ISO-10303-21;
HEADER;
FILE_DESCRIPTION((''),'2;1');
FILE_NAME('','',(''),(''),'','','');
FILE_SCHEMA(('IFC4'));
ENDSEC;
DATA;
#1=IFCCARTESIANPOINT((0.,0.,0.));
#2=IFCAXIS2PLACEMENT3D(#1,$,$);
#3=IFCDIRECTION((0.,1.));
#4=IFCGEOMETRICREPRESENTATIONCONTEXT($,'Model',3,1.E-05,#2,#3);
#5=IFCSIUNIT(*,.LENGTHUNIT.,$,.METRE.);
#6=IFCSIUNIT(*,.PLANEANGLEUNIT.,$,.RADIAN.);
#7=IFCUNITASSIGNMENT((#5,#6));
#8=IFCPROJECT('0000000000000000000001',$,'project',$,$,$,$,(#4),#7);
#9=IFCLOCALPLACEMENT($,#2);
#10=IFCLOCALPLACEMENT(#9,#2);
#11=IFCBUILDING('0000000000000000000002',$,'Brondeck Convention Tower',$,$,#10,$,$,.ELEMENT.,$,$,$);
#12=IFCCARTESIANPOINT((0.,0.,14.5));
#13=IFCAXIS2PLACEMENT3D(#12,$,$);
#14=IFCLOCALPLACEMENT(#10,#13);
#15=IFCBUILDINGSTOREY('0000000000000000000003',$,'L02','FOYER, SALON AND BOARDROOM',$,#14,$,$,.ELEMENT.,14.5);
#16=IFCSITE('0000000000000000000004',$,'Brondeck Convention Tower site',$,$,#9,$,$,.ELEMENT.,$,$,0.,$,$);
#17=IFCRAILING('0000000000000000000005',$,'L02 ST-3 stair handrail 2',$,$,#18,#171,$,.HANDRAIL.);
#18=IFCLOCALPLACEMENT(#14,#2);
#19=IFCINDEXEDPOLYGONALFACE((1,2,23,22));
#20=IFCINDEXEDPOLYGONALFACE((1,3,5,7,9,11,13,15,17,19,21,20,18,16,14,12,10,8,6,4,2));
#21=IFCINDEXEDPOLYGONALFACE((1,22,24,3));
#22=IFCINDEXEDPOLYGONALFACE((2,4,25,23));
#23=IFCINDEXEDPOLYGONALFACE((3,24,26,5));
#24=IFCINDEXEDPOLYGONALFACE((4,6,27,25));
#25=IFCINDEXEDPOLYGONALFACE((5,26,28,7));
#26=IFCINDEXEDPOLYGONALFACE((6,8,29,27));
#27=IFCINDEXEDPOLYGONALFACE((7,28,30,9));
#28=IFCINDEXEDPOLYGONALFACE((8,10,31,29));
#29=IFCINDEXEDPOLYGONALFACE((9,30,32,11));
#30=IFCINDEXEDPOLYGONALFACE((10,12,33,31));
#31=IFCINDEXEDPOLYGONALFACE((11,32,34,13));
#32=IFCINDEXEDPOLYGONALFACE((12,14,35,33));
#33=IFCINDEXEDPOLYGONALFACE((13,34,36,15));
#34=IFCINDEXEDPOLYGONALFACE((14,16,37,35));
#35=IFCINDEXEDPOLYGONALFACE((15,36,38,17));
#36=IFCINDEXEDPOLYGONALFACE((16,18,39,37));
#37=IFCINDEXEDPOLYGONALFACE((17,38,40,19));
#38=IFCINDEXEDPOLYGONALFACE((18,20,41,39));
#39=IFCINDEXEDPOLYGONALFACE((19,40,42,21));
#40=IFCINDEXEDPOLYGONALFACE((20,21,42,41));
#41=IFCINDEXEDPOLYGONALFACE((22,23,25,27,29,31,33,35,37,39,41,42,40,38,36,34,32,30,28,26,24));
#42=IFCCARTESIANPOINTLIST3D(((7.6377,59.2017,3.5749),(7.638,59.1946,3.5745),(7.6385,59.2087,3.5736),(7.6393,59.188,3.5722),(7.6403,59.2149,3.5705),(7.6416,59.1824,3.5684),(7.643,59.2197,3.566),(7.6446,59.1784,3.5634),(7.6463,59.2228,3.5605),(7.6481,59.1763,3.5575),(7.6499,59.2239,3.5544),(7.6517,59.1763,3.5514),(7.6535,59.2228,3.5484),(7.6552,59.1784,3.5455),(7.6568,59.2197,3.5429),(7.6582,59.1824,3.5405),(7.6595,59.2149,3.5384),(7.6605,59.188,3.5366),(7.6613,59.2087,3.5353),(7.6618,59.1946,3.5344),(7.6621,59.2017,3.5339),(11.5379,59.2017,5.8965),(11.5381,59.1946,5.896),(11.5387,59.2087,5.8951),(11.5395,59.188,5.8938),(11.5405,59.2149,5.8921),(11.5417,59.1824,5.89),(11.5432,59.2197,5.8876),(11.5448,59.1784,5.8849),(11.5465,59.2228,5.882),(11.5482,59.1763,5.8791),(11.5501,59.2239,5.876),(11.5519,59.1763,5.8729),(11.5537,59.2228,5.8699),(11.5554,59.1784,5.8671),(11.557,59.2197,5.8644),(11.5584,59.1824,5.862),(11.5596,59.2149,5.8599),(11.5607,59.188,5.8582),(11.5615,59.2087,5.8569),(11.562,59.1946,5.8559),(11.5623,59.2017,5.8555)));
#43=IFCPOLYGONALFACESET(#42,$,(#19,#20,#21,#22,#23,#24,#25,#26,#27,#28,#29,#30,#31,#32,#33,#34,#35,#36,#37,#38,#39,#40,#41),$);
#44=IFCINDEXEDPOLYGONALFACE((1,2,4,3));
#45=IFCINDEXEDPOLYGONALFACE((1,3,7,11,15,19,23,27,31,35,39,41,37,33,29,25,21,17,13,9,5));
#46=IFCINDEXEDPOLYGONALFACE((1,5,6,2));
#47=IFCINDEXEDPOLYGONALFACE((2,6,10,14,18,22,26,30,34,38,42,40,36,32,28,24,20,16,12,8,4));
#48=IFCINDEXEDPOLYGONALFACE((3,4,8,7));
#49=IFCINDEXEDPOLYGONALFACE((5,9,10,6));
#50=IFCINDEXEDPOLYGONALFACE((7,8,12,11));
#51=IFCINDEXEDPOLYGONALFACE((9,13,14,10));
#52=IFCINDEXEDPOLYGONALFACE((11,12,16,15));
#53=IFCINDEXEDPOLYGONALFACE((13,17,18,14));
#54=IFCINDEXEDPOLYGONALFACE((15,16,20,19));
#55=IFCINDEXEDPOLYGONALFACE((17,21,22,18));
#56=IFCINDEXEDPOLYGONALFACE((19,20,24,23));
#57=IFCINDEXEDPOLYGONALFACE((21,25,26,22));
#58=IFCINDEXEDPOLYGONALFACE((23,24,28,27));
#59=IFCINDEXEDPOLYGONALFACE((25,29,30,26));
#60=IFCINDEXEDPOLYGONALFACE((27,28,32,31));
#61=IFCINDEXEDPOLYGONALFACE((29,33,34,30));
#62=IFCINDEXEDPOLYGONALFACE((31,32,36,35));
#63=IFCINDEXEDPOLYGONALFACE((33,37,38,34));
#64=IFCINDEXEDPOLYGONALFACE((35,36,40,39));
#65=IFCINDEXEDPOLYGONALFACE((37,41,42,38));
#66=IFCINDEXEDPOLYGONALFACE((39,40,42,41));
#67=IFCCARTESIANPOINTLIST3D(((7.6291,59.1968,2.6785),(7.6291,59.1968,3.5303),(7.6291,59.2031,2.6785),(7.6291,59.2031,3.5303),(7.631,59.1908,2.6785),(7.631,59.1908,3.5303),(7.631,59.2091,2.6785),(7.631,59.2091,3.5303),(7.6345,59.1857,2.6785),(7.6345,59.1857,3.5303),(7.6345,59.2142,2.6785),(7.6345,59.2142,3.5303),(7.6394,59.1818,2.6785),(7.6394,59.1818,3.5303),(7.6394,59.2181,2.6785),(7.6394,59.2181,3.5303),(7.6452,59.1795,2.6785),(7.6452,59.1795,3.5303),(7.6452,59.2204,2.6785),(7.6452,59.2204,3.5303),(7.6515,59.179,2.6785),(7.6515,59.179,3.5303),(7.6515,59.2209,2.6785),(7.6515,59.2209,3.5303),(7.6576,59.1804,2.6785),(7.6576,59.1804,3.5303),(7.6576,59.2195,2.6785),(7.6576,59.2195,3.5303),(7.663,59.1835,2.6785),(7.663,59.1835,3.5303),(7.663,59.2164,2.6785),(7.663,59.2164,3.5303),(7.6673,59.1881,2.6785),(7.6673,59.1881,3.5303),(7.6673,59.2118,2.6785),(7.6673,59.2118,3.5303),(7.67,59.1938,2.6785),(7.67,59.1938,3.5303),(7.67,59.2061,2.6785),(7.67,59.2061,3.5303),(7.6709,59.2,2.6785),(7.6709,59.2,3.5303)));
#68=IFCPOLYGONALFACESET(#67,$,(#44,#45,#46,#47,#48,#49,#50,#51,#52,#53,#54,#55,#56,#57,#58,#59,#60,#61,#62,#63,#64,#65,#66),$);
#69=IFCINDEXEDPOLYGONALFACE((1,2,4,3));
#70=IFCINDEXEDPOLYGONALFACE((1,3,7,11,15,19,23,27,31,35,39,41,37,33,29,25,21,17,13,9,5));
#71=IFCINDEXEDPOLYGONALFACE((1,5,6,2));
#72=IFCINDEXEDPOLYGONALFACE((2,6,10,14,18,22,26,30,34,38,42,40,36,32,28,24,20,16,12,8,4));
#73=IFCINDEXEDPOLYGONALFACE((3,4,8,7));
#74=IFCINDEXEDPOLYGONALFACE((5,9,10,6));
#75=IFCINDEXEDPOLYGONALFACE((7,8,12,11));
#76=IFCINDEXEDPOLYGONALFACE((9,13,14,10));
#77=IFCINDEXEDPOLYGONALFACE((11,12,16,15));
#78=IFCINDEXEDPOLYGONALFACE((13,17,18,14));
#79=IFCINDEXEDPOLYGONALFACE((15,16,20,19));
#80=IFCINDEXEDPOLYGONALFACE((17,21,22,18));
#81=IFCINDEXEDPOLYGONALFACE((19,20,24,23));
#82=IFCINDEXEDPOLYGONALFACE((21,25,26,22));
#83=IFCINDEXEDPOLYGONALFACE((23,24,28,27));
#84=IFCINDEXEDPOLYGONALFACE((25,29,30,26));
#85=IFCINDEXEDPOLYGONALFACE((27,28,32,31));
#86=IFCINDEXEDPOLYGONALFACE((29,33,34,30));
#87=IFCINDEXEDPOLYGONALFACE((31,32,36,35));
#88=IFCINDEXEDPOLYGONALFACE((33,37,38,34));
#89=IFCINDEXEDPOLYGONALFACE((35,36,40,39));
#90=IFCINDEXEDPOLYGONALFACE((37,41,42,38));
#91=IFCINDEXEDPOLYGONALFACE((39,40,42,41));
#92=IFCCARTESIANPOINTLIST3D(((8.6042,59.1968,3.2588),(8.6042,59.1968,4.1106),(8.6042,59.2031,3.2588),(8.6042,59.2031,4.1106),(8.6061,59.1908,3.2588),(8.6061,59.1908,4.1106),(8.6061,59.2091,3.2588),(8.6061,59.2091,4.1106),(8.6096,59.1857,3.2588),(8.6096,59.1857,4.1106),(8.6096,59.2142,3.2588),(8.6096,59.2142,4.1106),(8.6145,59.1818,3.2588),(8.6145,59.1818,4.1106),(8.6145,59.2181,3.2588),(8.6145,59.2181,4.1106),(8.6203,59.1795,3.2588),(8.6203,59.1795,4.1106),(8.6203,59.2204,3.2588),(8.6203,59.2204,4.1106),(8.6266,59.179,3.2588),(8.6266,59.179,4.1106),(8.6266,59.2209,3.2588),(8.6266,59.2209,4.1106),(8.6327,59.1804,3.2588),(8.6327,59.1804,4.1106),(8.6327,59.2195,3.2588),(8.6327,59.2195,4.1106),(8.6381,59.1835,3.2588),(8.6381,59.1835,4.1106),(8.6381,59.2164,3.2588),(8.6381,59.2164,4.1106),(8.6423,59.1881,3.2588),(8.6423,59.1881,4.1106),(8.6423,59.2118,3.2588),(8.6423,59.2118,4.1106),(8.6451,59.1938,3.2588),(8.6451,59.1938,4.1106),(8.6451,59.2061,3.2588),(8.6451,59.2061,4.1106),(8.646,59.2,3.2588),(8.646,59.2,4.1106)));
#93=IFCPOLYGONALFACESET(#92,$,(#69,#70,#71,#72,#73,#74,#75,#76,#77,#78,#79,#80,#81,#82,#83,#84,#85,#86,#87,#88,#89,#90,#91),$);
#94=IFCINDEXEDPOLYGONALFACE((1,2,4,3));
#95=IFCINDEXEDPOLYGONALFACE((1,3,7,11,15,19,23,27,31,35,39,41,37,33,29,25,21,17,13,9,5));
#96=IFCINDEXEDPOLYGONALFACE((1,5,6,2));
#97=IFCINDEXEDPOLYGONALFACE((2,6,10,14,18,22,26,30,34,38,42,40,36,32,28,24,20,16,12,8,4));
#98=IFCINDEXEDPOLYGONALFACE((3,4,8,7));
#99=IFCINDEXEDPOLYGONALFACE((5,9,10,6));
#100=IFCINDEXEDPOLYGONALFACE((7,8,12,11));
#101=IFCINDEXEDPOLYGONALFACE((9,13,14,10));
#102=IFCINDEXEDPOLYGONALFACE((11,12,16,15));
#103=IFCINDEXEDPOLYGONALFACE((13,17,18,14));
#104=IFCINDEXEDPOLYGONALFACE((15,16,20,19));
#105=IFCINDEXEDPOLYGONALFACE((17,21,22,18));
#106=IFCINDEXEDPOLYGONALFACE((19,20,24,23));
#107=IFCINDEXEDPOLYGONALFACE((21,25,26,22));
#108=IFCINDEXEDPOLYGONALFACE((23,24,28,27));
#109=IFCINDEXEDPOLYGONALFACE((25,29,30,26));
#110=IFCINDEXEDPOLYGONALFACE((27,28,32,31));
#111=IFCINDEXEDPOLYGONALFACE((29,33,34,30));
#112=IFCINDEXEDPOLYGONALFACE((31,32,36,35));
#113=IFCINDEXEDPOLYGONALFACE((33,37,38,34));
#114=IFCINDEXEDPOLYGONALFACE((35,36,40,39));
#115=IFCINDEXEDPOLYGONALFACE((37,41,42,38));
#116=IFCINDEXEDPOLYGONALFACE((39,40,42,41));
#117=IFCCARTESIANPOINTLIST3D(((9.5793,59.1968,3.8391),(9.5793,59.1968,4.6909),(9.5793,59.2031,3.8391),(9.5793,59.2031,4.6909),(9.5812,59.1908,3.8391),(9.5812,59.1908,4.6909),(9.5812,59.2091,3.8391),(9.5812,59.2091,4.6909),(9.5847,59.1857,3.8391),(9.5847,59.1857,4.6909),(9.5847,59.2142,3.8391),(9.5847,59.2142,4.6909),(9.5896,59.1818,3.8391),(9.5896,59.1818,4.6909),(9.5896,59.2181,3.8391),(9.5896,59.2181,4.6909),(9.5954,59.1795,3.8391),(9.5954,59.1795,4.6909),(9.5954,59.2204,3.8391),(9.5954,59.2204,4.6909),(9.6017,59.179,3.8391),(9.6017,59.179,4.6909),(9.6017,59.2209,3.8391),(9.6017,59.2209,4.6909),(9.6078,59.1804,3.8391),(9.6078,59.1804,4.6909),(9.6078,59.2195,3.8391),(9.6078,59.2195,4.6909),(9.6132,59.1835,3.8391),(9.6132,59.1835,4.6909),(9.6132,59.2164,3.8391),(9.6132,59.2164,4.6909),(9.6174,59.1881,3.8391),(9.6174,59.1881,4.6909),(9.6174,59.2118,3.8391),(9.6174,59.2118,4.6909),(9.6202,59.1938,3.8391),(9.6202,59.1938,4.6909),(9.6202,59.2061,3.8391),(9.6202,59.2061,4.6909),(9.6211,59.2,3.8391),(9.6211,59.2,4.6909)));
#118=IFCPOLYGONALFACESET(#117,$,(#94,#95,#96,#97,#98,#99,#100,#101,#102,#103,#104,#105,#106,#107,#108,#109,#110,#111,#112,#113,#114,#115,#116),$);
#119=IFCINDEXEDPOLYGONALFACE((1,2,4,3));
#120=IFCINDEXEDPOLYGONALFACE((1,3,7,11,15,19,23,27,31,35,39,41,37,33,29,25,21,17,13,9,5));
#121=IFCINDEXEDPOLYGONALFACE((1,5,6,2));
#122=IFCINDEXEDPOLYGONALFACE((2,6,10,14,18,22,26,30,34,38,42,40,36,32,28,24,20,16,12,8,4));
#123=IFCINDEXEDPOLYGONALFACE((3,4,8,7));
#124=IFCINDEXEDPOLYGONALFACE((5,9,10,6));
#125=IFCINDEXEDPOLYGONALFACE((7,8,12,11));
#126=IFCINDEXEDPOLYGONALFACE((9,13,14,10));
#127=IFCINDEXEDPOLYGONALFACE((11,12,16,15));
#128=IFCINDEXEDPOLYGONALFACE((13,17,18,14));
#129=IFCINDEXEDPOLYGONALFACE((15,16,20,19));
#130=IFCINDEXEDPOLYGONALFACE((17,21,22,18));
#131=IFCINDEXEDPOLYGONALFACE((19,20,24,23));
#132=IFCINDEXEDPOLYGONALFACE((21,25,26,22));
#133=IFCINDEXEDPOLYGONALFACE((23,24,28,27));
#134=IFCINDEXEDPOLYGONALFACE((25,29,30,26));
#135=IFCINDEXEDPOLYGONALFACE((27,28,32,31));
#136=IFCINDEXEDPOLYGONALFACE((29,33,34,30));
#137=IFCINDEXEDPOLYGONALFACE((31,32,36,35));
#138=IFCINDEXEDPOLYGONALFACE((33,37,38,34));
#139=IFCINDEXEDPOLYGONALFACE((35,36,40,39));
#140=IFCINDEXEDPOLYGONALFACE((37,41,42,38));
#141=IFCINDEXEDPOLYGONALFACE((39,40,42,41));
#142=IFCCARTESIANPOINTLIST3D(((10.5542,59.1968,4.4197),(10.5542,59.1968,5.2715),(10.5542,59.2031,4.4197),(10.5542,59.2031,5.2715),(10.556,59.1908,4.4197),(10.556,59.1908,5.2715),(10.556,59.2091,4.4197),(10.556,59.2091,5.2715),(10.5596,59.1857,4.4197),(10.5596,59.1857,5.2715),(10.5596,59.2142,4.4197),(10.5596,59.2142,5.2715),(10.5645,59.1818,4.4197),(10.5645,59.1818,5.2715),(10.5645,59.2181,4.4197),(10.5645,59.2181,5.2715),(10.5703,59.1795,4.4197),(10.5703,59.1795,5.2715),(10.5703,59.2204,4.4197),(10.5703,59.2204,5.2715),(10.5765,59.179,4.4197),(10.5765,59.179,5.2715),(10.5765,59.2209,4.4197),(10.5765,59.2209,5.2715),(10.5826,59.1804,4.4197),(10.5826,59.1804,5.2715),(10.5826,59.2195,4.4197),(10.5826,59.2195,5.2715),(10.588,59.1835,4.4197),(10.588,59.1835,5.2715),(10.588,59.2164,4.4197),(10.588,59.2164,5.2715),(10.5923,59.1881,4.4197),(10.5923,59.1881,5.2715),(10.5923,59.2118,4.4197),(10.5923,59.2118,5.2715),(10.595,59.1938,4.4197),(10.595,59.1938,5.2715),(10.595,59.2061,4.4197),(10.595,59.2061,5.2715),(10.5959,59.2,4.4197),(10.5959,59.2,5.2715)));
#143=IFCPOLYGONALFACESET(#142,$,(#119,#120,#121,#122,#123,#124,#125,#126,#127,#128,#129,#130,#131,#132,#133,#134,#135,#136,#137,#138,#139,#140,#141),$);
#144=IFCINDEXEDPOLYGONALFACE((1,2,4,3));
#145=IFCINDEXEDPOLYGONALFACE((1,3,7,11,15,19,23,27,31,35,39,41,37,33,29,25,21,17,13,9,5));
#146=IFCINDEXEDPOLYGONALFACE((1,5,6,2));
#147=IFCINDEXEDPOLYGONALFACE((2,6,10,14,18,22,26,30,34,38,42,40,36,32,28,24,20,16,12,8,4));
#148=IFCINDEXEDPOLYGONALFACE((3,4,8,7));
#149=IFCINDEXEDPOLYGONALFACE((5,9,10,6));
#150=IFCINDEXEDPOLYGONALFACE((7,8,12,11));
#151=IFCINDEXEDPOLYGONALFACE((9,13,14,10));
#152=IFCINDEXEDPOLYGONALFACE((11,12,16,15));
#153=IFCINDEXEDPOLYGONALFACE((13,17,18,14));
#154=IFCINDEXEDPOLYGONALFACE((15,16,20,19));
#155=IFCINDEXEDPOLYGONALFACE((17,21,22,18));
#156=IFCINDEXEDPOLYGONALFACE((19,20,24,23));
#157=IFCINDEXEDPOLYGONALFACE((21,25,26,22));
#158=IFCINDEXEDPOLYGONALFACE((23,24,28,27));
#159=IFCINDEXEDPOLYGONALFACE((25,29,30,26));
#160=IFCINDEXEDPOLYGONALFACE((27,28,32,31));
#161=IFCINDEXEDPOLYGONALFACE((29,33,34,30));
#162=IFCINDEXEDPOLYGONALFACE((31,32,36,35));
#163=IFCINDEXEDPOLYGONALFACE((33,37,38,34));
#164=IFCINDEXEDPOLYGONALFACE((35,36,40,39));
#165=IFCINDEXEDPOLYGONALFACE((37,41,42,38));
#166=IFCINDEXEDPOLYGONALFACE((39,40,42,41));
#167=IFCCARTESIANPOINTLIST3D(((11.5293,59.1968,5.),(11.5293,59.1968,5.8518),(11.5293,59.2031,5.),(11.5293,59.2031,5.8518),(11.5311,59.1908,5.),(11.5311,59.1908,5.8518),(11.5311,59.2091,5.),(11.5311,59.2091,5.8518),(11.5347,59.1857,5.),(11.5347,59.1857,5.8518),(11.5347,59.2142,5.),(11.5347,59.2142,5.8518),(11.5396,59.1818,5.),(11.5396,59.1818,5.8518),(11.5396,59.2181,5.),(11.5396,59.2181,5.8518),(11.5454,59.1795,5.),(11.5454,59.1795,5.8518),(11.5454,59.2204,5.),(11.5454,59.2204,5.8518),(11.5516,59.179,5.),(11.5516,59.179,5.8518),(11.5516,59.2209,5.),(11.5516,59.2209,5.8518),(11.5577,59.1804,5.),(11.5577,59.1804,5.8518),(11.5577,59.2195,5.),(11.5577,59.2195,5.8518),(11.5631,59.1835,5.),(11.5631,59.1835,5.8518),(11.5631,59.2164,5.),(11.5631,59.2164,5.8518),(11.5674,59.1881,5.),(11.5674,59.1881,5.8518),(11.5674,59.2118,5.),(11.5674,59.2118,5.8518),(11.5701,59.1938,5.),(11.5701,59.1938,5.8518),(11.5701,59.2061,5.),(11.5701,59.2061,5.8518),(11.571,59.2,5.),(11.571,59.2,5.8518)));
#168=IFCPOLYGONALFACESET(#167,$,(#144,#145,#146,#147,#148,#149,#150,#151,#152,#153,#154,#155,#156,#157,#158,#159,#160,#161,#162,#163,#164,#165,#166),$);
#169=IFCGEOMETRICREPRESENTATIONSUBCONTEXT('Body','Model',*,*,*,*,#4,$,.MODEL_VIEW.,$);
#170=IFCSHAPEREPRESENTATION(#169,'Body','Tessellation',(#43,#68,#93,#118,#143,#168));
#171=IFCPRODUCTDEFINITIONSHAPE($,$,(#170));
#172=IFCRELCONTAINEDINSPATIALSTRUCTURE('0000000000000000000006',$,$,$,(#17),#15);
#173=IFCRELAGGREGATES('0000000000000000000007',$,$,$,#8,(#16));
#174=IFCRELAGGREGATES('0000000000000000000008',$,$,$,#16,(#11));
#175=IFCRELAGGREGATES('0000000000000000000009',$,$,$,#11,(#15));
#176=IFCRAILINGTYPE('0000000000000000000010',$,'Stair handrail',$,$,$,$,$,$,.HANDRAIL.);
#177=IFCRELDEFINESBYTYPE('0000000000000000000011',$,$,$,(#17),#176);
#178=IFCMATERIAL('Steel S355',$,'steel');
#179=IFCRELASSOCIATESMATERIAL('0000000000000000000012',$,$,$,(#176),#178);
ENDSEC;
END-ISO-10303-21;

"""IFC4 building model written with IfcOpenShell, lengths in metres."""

from ifc_helpers import new_model, si_unit, direction, frame, origin, origin_2d, place, context, subcontext, project, spatial, circle, extrude, material, type_object, element, save


model = new_model("IFC4")

# Units and contexts
model_context = context("Model", 3, precision=1e-05, world=origin(), true_north=direction((0.0, 1.0)))
body_context = subcontext(model_context, "Body", "Model", "MODEL_VIEW")
ifc_project = project(units=[si_unit("LENGTHUNIT", "METRE"), si_unit("PLANEANGLEUNIT", "RADIAN")], contexts=[model_context])

# Site, building, storey
site_placement = place(None, origin())
site = spatial("IfcSite", under=ifc_project, at=site_placement, Name="Brondeck Convention Tower site", CompositionType="ELEMENT", RefElevation=0.0)
building_placement = place(site_placement, origin())
building = spatial("IfcBuilding", under=site, at=building_placement, Name="Brondeck Convention Tower", CompositionType="ELEMENT")
storey_placement = place(building_placement, frame((0.0, 0.0, 14.5)))
storey = spatial("IfcBuildingStorey", under=building, at=storey_placement, Name="L02", Description="FOYER, SALON AND BOARDROOM", CompositionType="ELEMENT", Elevation=14.5)

# Railing
ifc_material_1 = material(Name="Steel S355", Category="steel")
railing_type_1 = type_object("IfcRailingType", Name="Stair handrail", PredefinedType="HANDRAIL", material=ifc_material_1)
railing_1_placement = place(storey_placement, frame((7.6499, 59.2, 2.6785)))
element("IfcRailing", 1, at=railing_1_placement, inside=storey, type_object=railing_type_1, Name="L02 ST-3 stair handrail 2", PredefinedType="HANDRAIL", context=body_context, shape_type="SweptSolid", body=[
    extrude(circle(Radius=0.0239, at=origin_2d()), frame((0.0, 0.0, 0.876), z_axis=(0.859291, 0.0, 0.511487), x_axis=(0.0, 1.0, 0.0)), (0.0, 0.0, 1.0), 4.5388),
    extrude(circle(Radius=0.021, at=origin_2d()), origin(), (0.0, 0.0, 1.0), 0.8518),
    extrude(circle(Radius=0.021, at=origin_2d()), frame((0.9751, 0.0, 0.5803)), (0.0, 0.0, 1.0), 0.8518),
    extrude(circle(Radius=0.021, at=origin_2d()), frame((1.9502, 0.0, 1.1606)), (0.0, 0.0, 1.0), 0.8518),
    extrude(circle(Radius=0.021, at=origin_2d()), frame((2.925, 0.0, 1.7412)), (0.0, 0.0, 1.0), 0.8518),
    extrude(circle(Radius=0.021, at=origin_2d()), frame((3.9001, 0.0, 2.3215)), (0.0, 0.0, 1.0), 0.8518),
])

save(model, "model.ifc")
